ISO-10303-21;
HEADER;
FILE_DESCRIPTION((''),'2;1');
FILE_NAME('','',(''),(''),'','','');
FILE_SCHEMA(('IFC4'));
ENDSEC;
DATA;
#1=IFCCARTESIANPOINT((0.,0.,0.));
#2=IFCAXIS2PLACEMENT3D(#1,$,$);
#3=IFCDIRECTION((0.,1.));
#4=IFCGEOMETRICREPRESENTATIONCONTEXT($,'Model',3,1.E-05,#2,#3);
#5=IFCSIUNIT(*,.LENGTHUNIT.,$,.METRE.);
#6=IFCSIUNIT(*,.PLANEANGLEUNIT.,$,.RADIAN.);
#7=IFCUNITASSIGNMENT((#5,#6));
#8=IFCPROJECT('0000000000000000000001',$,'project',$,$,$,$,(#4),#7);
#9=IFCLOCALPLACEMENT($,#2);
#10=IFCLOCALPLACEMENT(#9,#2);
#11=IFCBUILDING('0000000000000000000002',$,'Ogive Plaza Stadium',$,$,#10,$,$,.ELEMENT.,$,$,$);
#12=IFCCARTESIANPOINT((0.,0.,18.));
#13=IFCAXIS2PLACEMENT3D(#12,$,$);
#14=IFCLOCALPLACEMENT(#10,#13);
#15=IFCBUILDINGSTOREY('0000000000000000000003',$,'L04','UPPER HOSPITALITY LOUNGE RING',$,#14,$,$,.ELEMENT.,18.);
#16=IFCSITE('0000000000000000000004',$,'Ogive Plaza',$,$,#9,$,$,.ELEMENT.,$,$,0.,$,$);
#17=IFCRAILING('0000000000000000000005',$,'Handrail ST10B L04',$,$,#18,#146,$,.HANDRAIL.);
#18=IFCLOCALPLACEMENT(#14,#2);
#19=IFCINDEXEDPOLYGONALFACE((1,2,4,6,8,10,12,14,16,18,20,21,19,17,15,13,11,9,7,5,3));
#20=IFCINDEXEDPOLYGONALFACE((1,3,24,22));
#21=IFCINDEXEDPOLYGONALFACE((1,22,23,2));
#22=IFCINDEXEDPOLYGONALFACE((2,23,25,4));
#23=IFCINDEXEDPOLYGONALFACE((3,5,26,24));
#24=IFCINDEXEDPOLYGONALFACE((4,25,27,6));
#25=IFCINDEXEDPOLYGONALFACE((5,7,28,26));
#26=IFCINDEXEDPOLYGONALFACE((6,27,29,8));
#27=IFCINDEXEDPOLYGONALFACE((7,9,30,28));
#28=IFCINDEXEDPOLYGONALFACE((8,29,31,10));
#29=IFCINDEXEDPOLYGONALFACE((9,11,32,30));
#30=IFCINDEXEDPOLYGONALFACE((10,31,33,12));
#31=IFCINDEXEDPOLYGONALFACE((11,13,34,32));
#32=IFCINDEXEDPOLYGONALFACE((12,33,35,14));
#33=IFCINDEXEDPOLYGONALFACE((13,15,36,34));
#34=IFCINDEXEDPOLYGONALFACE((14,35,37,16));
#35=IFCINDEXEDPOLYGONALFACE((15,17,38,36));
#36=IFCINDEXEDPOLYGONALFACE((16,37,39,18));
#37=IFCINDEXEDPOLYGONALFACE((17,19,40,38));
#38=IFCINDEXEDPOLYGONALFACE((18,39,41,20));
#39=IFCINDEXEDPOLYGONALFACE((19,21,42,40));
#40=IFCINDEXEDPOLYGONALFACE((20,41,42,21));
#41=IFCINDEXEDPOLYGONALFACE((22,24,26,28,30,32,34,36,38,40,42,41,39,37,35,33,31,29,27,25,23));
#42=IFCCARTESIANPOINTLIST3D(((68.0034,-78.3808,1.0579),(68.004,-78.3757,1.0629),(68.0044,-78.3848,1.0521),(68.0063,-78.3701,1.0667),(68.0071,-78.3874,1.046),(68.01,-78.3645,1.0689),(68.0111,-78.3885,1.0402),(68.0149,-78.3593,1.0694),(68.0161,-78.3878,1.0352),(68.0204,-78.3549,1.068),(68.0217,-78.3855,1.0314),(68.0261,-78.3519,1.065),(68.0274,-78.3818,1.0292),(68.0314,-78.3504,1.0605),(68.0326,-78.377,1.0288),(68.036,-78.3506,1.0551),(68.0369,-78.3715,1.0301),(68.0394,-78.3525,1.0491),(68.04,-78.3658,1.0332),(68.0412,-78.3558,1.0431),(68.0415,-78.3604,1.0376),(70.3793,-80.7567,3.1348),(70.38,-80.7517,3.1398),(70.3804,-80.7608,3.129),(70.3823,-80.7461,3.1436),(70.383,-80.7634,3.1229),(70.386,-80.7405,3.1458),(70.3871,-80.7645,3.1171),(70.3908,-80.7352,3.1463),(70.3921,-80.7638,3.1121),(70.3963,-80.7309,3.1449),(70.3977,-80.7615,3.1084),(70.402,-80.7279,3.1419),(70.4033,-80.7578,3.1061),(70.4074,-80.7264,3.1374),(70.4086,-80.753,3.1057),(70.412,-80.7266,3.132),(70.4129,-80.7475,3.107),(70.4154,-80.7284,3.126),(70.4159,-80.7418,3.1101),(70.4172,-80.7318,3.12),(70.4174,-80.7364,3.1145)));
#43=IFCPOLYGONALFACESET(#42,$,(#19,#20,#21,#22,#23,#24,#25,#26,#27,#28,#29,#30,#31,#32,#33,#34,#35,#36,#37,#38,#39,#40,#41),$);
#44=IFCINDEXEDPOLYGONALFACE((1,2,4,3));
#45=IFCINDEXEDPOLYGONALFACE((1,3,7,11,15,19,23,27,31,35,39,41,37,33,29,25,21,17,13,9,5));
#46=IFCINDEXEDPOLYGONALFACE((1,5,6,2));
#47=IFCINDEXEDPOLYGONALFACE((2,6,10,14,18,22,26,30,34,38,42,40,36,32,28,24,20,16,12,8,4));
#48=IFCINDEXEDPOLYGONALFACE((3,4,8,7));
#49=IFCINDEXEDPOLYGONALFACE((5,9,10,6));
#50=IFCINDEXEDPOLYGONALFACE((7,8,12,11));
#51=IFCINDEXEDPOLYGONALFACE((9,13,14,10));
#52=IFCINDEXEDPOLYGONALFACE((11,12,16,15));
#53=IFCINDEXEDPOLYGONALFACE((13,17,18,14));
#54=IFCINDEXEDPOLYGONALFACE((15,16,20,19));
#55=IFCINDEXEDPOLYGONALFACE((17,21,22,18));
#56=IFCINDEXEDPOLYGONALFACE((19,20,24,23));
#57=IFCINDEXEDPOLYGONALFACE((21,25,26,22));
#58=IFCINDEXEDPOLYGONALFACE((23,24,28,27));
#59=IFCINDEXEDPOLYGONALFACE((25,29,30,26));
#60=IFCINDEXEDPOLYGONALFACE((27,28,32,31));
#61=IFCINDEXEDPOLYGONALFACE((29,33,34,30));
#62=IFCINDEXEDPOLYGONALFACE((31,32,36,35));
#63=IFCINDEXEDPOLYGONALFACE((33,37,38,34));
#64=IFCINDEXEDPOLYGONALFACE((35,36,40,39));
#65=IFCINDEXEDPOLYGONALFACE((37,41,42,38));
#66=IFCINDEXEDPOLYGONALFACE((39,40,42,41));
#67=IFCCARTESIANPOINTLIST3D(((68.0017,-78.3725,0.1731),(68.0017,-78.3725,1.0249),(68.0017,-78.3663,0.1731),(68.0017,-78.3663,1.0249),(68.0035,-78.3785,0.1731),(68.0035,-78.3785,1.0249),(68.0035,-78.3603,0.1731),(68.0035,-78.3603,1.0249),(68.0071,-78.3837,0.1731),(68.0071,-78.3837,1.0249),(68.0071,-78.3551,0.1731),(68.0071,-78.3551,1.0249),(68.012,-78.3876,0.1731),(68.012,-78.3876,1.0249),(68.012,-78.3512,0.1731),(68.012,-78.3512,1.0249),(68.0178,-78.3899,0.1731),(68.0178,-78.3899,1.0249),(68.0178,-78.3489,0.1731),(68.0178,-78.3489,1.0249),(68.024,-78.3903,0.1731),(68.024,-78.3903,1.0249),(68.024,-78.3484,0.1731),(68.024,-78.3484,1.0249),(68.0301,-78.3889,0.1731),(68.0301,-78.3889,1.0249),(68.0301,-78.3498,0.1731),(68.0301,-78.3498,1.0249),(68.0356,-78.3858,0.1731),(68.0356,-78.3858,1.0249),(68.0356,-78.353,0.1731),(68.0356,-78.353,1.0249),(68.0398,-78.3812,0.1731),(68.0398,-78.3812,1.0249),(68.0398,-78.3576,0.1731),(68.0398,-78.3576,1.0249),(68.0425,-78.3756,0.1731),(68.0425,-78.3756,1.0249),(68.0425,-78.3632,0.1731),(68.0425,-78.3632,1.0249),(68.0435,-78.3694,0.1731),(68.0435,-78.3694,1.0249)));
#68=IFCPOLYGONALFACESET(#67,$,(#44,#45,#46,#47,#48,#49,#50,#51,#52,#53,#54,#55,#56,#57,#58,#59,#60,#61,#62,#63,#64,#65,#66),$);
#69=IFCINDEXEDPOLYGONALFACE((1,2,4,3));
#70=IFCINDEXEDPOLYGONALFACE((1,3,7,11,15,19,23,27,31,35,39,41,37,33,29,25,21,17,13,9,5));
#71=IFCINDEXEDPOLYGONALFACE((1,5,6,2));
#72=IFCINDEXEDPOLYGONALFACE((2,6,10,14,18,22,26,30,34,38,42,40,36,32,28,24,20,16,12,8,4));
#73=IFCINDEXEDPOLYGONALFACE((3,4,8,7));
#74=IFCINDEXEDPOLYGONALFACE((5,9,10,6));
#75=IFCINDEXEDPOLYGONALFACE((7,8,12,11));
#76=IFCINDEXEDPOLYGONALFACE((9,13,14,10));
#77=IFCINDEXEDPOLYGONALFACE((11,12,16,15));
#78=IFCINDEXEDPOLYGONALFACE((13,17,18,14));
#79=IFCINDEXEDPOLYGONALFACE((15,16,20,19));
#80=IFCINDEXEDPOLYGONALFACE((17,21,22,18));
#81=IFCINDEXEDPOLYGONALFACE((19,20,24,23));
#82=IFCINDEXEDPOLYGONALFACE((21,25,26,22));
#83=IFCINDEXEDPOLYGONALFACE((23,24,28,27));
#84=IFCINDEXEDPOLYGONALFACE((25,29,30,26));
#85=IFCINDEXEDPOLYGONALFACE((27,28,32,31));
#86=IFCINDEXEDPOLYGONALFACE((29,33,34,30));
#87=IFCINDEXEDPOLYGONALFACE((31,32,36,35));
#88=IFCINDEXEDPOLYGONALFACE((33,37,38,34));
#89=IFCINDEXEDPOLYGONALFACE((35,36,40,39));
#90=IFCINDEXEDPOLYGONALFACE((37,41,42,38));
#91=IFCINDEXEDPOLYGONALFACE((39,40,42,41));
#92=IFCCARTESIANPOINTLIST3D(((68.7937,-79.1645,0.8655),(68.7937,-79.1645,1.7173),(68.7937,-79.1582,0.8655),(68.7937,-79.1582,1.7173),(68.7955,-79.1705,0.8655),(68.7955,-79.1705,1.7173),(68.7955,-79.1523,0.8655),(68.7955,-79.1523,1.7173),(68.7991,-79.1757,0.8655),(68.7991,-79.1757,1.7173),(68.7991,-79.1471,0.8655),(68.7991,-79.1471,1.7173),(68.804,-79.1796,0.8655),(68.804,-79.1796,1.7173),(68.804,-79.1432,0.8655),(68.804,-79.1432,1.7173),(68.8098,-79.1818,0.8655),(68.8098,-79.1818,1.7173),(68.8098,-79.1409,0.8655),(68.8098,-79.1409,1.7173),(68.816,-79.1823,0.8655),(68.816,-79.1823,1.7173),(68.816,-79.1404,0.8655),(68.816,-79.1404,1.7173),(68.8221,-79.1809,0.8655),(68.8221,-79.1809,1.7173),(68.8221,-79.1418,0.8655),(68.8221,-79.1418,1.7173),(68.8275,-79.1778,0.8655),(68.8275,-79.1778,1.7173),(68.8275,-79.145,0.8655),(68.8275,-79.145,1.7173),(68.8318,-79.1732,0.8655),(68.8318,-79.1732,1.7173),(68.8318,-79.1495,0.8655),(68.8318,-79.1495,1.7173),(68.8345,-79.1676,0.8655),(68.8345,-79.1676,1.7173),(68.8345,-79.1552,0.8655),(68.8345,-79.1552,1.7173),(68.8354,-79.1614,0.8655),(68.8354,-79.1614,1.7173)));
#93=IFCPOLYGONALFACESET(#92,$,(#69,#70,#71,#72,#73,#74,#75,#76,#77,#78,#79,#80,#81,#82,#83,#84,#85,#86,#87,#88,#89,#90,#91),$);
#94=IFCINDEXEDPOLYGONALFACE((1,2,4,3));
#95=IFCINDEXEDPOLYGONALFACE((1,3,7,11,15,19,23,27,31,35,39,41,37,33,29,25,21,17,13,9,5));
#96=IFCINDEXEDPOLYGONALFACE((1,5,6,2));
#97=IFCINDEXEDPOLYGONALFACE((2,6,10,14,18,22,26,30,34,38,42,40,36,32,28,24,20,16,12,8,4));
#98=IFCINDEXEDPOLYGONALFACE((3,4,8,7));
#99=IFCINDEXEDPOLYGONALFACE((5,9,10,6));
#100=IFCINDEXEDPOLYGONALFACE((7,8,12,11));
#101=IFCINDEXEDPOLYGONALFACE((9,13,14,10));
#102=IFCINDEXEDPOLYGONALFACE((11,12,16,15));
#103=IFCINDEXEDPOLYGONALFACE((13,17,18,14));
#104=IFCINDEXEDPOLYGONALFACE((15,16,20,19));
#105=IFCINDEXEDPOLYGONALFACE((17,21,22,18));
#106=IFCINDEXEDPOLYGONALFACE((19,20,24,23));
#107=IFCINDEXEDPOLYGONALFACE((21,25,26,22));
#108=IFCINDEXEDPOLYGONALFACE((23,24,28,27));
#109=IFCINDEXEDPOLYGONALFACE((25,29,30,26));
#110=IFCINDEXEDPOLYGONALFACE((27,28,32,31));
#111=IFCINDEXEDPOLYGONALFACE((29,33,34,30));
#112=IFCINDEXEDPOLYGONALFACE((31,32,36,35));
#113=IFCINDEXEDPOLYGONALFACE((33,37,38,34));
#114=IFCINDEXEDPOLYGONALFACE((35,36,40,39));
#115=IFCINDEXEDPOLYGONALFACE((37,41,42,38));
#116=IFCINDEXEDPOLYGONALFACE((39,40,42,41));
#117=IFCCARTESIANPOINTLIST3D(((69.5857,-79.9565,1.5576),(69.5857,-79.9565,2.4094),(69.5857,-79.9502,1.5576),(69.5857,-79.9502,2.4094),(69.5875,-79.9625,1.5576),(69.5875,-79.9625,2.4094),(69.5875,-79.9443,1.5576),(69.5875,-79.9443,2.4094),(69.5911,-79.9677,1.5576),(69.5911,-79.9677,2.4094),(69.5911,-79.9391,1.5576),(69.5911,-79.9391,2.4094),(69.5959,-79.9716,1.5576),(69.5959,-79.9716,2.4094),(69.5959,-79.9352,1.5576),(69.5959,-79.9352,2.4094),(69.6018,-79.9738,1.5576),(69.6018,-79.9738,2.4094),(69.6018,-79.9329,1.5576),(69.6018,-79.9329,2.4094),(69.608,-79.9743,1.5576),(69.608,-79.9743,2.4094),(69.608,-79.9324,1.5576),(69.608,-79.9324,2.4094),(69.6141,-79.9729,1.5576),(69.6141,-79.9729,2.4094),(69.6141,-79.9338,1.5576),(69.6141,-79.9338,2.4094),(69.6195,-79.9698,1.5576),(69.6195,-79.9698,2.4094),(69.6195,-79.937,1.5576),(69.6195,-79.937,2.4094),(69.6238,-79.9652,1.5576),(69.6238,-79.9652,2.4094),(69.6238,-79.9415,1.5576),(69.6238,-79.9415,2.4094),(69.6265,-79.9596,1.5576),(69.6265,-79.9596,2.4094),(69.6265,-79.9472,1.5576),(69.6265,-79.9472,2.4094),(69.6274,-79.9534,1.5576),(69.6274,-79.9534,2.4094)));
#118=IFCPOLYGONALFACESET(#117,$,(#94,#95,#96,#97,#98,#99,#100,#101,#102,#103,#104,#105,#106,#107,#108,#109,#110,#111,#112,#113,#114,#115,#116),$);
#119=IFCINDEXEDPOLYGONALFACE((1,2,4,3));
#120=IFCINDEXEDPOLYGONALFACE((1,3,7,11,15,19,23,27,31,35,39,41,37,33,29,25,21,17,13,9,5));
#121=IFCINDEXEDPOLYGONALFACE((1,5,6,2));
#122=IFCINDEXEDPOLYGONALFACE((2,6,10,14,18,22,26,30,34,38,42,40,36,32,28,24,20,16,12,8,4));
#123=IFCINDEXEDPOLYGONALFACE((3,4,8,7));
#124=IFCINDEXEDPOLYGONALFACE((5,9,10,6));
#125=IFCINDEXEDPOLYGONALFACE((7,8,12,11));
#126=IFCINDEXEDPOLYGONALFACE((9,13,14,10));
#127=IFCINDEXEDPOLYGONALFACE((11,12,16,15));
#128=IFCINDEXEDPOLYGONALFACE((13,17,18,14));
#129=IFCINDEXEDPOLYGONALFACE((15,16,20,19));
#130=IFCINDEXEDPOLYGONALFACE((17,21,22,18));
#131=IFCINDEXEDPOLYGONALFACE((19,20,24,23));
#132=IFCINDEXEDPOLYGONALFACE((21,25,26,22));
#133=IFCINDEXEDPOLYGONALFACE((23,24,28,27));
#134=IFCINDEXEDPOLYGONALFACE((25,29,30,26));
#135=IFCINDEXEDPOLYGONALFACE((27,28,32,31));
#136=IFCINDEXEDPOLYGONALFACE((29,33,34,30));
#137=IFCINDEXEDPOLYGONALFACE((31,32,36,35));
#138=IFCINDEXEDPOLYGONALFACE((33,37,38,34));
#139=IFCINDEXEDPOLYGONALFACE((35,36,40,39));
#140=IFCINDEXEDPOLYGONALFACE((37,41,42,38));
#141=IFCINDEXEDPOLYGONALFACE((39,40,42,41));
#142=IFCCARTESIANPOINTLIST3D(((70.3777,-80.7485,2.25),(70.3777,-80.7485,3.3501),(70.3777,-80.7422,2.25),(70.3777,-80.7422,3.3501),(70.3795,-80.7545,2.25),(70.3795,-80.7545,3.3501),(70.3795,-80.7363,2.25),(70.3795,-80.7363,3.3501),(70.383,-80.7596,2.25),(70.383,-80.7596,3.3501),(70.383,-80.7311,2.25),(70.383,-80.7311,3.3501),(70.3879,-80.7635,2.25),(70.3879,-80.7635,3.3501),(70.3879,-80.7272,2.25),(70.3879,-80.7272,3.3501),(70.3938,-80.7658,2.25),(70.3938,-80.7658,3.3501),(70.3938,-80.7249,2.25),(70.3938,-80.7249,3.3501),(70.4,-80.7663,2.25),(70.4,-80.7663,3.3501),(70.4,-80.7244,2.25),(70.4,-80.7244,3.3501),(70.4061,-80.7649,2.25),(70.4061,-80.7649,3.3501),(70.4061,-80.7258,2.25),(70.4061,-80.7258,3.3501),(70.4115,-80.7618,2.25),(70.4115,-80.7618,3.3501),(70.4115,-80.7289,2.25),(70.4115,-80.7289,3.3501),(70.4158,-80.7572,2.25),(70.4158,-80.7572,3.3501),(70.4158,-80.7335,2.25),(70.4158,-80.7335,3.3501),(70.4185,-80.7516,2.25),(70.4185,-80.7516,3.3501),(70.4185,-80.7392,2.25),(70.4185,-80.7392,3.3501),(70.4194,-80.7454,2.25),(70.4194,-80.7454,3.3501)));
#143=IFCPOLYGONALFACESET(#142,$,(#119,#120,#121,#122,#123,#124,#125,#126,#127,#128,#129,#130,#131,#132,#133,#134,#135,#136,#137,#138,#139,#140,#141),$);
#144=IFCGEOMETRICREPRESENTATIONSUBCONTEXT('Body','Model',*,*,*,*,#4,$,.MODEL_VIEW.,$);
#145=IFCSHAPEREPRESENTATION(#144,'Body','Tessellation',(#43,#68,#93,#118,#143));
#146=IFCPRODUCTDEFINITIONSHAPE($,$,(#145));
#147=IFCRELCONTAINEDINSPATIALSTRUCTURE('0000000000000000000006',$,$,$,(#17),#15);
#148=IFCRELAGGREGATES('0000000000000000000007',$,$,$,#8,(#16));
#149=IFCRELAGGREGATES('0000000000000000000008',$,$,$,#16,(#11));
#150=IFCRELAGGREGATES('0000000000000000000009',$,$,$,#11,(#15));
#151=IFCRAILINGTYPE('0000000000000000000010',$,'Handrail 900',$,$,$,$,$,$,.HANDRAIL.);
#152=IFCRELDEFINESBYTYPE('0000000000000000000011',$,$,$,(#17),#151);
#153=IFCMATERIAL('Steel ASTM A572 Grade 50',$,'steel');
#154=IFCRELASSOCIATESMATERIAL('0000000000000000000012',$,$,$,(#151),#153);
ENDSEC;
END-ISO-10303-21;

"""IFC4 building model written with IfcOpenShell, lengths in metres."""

from ifc_helpers import new_model, si_unit, direction, frame, origin, origin_2d, place, context, subcontext, project, spatial, circle, extrude, material, type_object, element, save


model = new_model("IFC4")

# Units and contexts
model_context = context("Model", 3, precision=1e-05, world=origin(), true_north=direction((0.0, 1.0)))
body_context = subcontext(model_context, "Body", "Model", "MODEL_VIEW")
ifc_project = project(units=[si_unit("LENGTHUNIT", "METRE"), si_unit("PLANEANGLEUNIT", "RADIAN")], contexts=[model_context])

# Site, building, storey
site_placement = place(None, origin())
site = spatial("IfcSite", under=ifc_project, at=site_placement, Name="Ogive Plaza", CompositionType="ELEMENT", RefElevation=0.0)
building_placement = place(site_placement, origin())
building = spatial("IfcBuilding", under=site, at=building_placement, Name="Ogive Plaza Stadium", CompositionType="ELEMENT")
storey_placement = place(building_placement, frame((0.0, 0.0, 18.0)))
storey = spatial("IfcBuildingStorey", under=building, at=storey_placement, Name="L04", Description="UPPER HOSPITALITY LOUNGE RING", CompositionType="ELEMENT", Elevation=18.0)

# Railing
ifc_material_1 = material(Name="Steel ASTM A572 Grade 50", Category="steel")
railing_type_1 = type_object("IfcRailingType", Name="Handrail 900", PredefinedType="HANDRAIL", material=ifc_material_1)
railing_1_placement = place(storey_placement, frame((68.0225, -78.3694, 0.1731)))
element("IfcRailing", 1, at=railing_1_placement, inside=storey, type_object=railing_type_1, Name="Handrail ST10B L04", PredefinedType="HANDRAIL", context=body_context, shape_type="SweptSolid", body=[
    extrude(circle(Radius=0.0239, at=origin_2d()), frame((0.0, 0.0, 0.876), z_axis=(0.601483, -0.601483, 0.525772), x_axis=(0.707107, 0.707107, 0.0)), (0.0, 0.0, 1.0), 3.9502),
    extrude(circle(Radius=0.021, at=origin_2d()), origin(), (0.0, 0.0, 1.0), 0.8518),
    extrude(circle(Radius=0.021, at=origin_2d()), frame((0.792, -0.792, 0.6924)), (0.0, 0.0, 1.0), 0.8518),
    extrude(circle(Radius=0.021, at=origin_2d()), frame((1.584, -1.584, 1.3845)), (0.0, 0.0, 1.0), 0.8518),
    extrude(circle(Radius=0.021, at=origin_2d()), frame((2.376, -2.376, 2.0769)), (0.0, 0.0, 1.0), 1.1001),
])

save(model, "model.ifc")
